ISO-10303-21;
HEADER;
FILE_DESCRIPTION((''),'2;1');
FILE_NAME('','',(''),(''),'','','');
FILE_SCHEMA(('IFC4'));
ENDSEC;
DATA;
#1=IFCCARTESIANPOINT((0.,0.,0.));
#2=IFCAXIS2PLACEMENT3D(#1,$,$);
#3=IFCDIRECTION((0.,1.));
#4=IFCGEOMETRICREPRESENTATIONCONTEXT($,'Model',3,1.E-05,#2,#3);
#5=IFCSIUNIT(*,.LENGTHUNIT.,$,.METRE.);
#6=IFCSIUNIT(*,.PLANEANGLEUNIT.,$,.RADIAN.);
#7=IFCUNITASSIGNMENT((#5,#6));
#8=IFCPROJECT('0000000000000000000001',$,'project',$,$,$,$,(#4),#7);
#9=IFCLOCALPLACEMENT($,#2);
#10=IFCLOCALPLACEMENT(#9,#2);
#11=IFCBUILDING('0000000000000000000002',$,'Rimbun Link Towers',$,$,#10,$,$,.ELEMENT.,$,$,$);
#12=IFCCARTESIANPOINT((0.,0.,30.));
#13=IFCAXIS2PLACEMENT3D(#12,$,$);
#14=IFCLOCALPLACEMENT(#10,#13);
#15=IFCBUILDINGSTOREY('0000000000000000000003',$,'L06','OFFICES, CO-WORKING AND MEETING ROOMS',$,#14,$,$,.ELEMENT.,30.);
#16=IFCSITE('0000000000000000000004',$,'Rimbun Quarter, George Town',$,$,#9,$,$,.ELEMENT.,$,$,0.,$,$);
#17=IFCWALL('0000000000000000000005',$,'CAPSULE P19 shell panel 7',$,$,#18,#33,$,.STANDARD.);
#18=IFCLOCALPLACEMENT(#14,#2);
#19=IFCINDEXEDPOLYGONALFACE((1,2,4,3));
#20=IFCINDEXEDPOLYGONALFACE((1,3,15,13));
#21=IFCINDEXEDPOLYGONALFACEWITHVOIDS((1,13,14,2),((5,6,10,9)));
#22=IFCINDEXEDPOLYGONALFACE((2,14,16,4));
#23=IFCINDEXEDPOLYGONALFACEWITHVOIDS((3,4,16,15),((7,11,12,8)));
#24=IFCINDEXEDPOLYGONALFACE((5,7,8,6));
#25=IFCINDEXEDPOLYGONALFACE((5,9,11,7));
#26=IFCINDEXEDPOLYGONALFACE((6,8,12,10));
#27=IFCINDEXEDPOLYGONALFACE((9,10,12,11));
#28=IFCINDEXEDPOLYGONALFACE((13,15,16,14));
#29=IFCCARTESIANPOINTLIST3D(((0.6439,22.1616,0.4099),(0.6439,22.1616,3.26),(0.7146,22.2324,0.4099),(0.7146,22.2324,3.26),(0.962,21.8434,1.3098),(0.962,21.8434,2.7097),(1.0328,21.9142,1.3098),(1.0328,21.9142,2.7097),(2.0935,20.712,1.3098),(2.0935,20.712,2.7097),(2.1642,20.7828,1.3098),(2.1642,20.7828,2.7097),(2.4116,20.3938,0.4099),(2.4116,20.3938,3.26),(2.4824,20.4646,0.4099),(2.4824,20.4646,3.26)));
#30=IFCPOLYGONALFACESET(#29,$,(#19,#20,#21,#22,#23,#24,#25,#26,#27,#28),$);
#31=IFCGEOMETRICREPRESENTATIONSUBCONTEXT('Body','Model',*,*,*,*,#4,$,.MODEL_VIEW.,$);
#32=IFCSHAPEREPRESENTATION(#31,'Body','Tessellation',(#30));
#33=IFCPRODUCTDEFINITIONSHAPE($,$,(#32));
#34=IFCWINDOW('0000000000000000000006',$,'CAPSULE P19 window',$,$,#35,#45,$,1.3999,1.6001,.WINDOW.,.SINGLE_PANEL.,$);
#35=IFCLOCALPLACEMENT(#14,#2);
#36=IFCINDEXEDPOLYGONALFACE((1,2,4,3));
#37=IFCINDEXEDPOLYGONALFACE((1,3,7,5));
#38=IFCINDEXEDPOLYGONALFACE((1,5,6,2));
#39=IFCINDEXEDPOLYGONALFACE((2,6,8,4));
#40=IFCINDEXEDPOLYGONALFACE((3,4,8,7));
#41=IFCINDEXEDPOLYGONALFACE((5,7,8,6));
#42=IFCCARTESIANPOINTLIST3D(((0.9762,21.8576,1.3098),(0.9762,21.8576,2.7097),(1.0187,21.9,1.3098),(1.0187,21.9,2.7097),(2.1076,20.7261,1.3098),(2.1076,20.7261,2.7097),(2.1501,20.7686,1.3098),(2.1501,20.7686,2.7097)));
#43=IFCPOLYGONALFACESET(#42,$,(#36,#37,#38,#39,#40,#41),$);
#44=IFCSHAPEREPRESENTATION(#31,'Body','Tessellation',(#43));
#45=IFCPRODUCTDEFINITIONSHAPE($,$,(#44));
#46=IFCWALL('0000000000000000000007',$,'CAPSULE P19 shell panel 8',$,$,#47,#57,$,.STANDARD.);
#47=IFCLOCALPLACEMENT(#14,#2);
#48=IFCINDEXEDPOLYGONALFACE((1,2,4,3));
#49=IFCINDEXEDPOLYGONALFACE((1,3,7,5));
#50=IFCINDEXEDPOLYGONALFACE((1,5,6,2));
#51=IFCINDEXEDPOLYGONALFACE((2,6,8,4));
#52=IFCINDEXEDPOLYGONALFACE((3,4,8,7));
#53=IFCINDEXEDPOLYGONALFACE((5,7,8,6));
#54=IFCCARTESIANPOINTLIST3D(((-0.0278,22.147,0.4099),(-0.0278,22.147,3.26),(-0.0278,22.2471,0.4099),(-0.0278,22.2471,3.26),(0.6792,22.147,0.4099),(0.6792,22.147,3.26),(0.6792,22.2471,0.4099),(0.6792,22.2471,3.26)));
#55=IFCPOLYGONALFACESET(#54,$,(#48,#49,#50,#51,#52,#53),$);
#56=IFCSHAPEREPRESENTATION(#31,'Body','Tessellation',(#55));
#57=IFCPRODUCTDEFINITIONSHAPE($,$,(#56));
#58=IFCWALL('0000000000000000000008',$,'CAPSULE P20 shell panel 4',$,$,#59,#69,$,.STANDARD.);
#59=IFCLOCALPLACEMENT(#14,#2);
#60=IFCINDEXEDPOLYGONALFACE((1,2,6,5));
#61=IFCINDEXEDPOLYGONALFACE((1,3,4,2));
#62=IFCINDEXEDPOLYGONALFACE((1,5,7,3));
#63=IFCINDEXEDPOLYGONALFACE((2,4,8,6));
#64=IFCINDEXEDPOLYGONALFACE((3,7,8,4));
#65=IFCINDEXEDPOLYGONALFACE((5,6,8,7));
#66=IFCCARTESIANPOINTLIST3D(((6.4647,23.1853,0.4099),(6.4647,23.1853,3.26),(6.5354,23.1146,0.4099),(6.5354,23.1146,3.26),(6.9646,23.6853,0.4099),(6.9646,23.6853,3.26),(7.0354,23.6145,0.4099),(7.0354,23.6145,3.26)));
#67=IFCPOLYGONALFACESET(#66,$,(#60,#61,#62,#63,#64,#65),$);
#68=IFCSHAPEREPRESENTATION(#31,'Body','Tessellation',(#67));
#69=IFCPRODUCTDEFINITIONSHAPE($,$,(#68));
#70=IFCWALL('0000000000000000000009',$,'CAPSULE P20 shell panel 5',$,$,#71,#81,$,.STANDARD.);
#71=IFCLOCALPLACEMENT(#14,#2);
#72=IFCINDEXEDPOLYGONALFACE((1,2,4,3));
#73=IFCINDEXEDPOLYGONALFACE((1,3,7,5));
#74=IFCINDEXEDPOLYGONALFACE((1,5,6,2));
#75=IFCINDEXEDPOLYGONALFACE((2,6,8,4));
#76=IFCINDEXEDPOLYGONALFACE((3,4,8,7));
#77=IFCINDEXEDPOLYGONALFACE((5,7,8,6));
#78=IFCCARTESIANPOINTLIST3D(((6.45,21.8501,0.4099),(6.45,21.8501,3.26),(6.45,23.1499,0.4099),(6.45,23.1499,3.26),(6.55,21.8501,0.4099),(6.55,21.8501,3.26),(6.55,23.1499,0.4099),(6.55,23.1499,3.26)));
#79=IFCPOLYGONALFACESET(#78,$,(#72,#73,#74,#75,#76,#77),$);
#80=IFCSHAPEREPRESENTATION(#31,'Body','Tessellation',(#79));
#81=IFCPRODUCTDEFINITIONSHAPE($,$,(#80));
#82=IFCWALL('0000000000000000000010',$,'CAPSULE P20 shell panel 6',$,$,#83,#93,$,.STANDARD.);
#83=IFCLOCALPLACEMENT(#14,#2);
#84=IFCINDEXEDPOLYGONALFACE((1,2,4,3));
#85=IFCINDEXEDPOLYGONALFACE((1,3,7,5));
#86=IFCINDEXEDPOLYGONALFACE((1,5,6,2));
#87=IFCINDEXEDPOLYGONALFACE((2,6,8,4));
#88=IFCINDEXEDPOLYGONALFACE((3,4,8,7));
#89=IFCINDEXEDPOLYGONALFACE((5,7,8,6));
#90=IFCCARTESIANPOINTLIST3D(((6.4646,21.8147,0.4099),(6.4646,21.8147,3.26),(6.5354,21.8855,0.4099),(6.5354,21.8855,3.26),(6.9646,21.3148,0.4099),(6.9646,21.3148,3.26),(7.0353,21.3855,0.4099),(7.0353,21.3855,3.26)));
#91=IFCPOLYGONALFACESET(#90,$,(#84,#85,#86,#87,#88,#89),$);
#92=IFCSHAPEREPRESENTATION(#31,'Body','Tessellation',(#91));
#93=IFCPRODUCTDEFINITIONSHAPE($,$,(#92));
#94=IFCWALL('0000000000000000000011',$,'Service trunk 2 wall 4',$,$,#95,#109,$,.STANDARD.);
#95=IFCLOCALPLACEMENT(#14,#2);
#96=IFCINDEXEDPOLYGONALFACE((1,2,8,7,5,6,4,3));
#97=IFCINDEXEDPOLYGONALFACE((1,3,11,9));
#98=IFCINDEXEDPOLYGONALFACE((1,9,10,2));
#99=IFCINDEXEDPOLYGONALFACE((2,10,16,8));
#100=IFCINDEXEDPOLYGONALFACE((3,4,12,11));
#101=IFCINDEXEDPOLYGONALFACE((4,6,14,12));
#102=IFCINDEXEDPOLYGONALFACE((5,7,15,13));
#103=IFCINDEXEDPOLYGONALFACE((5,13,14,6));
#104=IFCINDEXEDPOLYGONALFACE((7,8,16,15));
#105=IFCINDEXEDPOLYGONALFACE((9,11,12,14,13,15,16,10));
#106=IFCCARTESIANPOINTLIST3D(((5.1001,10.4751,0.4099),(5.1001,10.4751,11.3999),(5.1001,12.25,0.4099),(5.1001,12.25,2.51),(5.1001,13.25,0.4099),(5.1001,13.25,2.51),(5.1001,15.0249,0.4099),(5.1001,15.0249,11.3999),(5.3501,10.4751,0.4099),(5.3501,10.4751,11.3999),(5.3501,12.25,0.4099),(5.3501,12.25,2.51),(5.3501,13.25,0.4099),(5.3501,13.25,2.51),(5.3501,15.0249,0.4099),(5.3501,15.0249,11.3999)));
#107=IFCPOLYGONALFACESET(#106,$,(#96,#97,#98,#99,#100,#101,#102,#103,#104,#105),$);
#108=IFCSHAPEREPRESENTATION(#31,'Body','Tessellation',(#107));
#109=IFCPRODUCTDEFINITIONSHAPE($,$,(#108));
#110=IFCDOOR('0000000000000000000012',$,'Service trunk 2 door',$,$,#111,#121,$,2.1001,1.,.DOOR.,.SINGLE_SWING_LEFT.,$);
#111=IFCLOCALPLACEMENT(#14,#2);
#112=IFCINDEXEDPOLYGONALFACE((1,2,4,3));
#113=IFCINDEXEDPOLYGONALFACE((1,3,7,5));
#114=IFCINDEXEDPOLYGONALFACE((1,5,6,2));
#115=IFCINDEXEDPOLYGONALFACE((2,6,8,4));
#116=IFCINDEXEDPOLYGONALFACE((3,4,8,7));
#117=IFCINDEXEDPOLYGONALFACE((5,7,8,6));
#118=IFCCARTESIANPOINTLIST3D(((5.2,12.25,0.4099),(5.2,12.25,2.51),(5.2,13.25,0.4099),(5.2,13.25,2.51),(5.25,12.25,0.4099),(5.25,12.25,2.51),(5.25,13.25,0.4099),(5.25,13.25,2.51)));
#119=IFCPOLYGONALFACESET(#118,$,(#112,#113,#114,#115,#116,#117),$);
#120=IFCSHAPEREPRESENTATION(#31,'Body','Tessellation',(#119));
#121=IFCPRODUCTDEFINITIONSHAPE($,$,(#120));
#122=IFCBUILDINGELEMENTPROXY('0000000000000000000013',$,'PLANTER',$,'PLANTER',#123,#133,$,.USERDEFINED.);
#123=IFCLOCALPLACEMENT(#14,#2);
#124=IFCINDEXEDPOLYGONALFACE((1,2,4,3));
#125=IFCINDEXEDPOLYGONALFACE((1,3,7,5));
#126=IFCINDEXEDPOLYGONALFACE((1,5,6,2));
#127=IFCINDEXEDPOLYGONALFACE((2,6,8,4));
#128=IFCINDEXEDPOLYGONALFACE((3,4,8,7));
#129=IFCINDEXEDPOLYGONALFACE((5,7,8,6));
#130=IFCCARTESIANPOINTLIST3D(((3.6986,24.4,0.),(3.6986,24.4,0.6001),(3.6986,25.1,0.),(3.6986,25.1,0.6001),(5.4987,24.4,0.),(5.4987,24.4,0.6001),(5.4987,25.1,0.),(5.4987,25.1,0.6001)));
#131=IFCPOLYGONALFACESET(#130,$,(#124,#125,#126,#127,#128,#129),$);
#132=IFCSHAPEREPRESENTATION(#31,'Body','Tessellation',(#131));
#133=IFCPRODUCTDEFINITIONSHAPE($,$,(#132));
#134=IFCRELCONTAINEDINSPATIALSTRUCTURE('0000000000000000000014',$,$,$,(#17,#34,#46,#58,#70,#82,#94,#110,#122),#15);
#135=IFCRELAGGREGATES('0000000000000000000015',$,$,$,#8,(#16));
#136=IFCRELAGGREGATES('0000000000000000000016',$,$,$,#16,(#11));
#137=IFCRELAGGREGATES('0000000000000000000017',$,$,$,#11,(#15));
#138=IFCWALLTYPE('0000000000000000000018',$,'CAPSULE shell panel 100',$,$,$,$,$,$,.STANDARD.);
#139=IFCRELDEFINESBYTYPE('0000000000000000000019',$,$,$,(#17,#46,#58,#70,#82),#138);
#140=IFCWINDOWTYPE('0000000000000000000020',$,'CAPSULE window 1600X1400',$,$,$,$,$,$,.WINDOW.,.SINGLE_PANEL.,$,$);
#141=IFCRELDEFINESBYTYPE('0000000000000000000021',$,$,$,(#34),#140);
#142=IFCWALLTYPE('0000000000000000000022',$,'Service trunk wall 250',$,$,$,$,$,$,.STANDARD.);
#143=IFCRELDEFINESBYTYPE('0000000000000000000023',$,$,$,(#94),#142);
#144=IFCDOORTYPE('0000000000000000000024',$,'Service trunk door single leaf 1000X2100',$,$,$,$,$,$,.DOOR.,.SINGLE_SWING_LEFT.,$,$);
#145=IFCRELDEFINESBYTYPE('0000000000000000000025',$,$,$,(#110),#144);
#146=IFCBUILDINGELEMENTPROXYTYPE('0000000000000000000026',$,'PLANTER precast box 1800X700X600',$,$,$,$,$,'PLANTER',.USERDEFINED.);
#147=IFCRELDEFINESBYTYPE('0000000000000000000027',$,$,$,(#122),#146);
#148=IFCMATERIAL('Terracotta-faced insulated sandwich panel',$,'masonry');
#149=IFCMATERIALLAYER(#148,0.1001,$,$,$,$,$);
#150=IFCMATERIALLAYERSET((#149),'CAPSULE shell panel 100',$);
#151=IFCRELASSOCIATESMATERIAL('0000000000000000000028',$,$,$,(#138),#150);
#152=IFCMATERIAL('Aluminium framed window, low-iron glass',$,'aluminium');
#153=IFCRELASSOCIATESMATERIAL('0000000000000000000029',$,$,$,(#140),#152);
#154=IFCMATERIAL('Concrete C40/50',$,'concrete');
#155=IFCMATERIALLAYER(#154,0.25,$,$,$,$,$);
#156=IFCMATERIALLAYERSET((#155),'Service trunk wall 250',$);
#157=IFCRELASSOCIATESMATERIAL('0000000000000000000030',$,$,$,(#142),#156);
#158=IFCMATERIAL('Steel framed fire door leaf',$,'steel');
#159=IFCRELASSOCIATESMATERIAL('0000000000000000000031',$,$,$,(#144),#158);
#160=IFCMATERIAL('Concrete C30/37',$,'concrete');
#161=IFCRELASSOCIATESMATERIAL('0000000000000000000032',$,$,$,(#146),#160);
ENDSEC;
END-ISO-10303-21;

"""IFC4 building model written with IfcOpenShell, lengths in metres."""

from ifc_helpers import new_model, si_unit, direction, frame, frame_2d, origin, origin_2d, place, context, subcontext, project, spatial, rectangle, extrude, material, layer, layer_set, type_object, element, fill, save


model = new_model("IFC4")

# Units and contexts
model_context = context("Model", 3, precision=1e-05, world=origin(), true_north=direction((0.0, 1.0)))
body_context = subcontext(model_context, "Body", "Model", "MODEL_VIEW")
ifc_project = project(units=[si_unit("LENGTHUNIT", "METRE"), si_unit("PLANEANGLEUNIT", "RADIAN")], contexts=[model_context])

# Site, building, storey
site_placement = place(None, origin())
site = spatial("IfcSite", under=ifc_project, at=site_placement, Name="Rimbun Quarter, George Town", CompositionType="ELEMENT", RefElevation=0.0)
building_placement = place(site_placement, origin())
building = spatial("IfcBuilding", under=site, at=building_placement, Name="Rimbun Link Towers", CompositionType="ELEMENT")
storey_placement = place(building_placement, frame((0.0, 0.0, 30.0)))
storey = spatial("IfcBuildingStorey", under=building, at=storey_placement, Name="L06", Description="OFFICES, CO-WORKING AND MEETING ROOMS", CompositionType="ELEMENT", Elevation=30.0)

# Shared definitions
ifc_material_1 = material(Name="Terracotta-faced insulated sandwich panel", Category="masonry")
ifc_layer_1 = layer(ifc_material_1, 0.1001)
ifc_layer_set_1 = layer_set([ifc_layer_1], Name="CAPSULE shell panel 100")
wall_type_1 = type_object("IfcWallType", Name="CAPSULE shell panel 100", PredefinedType="STANDARD", material=ifc_layer_set_1)

# Shared definitions
ifc_material_2 = material(Name="Aluminium framed window, low-iron glass", Category="aluminium")
window_type = type_object("IfcWindowType", Name="CAPSULE window 1600X1400", PartitioningType="SINGLE_PANEL", PredefinedType="WINDOW", material=ifc_material_2)

# Wall, opening, window
wall_1_placement = place(storey_placement, frame((2.447, 20.4292, 0.4099), z_axis=(0.0, 0.0, 1.0), x_axis=(-0.707107, 0.707107, 0.0)))
wall_1 = element("IfcWall", 1, at=wall_1_placement, inside=storey, type_object=wall_type_1, Name="CAPSULE P19 shell panel 7", PredefinedType="STANDARD", context=body_context, shape_type="SweptSolid", body=[
    extrude(rectangle(XDim=2.5, YDim=0.1001, at=frame_2d((1.25, 0.0))), origin(), (0.0, 0.0, 1.0), 2.8501),
])
opening_1_placement = place(wall_1_placement, frame((0.45, 0.0, 0.8999)))
opening_1 = element("IfcOpeningElement", 2, at=opening_1_placement, cuts=wall_1, PredefinedType="OPENING", context=body_context, shape_type="SweptSolid", body=[
    extrude(rectangle(XDim=1.6001, YDim=1.3999, at=frame_2d((0.8, 0.7))), frame((0.0, 0.0601, 0.0), z_axis=(0.0, -1.0, 0.0), x_axis=(1.0, 0.0, 0.0)), (0.0, 0.0, 1.0), 0.1201),
])
window_1_placement = place(opening_1_placement, origin())
window_1 = element("IfcWindow", 3, at=window_1_placement, inside=storey, type_object=window_type, Name="CAPSULE P19 window", OverallHeight=1.3999, OverallWidth=1.6001, PartitioningType="SINGLE_PANEL", PredefinedType="WINDOW", context=body_context, shape_type="SweptSolid", body=[
    extrude(rectangle(XDim=1.6001, YDim=1.3999, at=frame_2d((0.8, 0.7))), frame((0.0, 0.03, 0.0), z_axis=(0.0, -1.0, 0.0), x_axis=(1.0, 0.0, 0.0)), (0.0, 0.0, 1.0), 0.0601),
])
fill(opening_1, window_1)

# Walls
for number, where, z_axis, x_axis, name in (
    (4, (0.6792, 22.197, 0.4099), (0.0, 0.0, 1.0), (-1.0, 0.0, 0.0), "CAPSULE P19 shell panel 8"),
    (5, (7.0, 23.6499, 0.4099), (0.0, 0.0, 1.0), (-0.707107, -0.707107, 0.0), "CAPSULE P20 shell panel 4"),
):
    element("IfcWall", number, at=place(storey_placement, frame(where, z_axis=z_axis, x_axis=x_axis)), inside=storey, type_object=wall_type_1, Name=name, PredefinedType="STANDARD", context=body_context, shape_type="SweptSolid", body=[
        extrude(rectangle(XDim=0.707, YDim=0.1001, at=frame_2d((0.3535, 0.0))), origin(), (0.0, 0.0, 1.0), 2.8501),
    ])
wall_2_placement = place(storey_placement, frame((6.5, 23.1499, 0.4099), z_axis=(0.0, 0.0, 1.0), x_axis=(0.0, -1.0, 0.0)))
element("IfcWall", 6, at=wall_2_placement, inside=storey, type_object=wall_type_1, Name="CAPSULE P20 shell panel 5", PredefinedType="STANDARD", context=body_context, shape_type="SweptSolid", body=[
    extrude(rectangle(XDim=1.2998, YDim=0.1001, at=frame_2d((0.6499, 0.0))), origin(), (0.0, 0.0, 1.0), 2.8501),
])
wall_3_placement = place(storey_placement, frame((6.5, 21.8501, 0.4099), z_axis=(0.0, 0.0, 1.0), x_axis=(0.707107, -0.707107, 0.0)))
element("IfcWall", 7, at=wall_3_placement, inside=storey, type_object=wall_type_1, Name="CAPSULE P20 shell panel 6", PredefinedType="STANDARD", context=body_context, shape_type="SweptSolid", body=[
    extrude(rectangle(XDim=0.707, YDim=0.1001, at=frame_2d((0.3535, 0.0))), origin(), (0.0, 0.0, 1.0), 2.8501),
])

# Wall, opening, door
ifc_material_3 = material(Name="Concrete C40/50", Category="concrete")
ifc_layer_2 = layer(ifc_material_3, 0.25)
ifc_layer_set_2 = layer_set([ifc_layer_2], Name="Service trunk wall 250")
wall_type_2 = type_object("IfcWallType", Name="Service trunk wall 250", PredefinedType="STANDARD", material=ifc_layer_set_2)
wall_4_placement = place(storey_placement, frame((5.2251, 15.0249, 0.4099), z_axis=(0.0, 0.0, 1.0), x_axis=(0.0, -1.0, 0.0)))
wall_4 = element("IfcWall", 8, at=wall_4_placement, inside=storey, type_object=wall_type_2, Name="Service trunk 2 wall 4", PredefinedType="STANDARD", context=body_context, shape_type="SweptSolid", body=[
    extrude(rectangle(XDim=4.5498, YDim=0.25, at=frame_2d((2.2749, 0.0))), origin(), (0.0, 0.0, 1.0), 10.99),
])
opening_2_placement = place(wall_4_placement, frame((1.7749, 0.0, 0.0)))
opening_2 = element("IfcOpeningElement", 9, at=opening_2_placement, cuts=wall_4, PredefinedType="OPENING", context=body_context, shape_type="SweptSolid", body=[
    extrude(rectangle(XDim=1.0, YDim=2.1001, at=frame_2d((0.5, 1.05))), frame((0.0, 0.135, 0.0), z_axis=(0.0, -1.0, 0.0), x_axis=(1.0, 0.0, 0.0)), (0.0, 0.0, 1.0), 0.27),
])
ifc_material_4 = material(Name="Steel framed fire door leaf", Category="steel")
door_type_1 = type_object("IfcDoorType", Name="Service trunk door single leaf 1000X2100", OperationType="SINGLE_SWING_LEFT", PredefinedType="DOOR", material=ifc_material_4)
door_1_placement = place(opening_2_placement, origin())
door_1 = element("IfcDoor", 10, at=door_1_placement, inside=storey, type_object=door_type_1, Name="Service trunk 2 door", OperationType="SINGLE_SWING_LEFT", OverallHeight=2.1001, OverallWidth=1.0, PredefinedType="DOOR", context=body_context, shape_type="SweptSolid", body=[
    extrude(rectangle(XDim=1.0, YDim=2.1001, at=frame_2d((0.5, 1.05))), frame((0.0, 0.0249, 0.0), z_axis=(0.0, -1.0, 0.0), x_axis=(1.0, 0.0, 0.0)), (0.0, 0.0, 1.0), 0.05),
])
fill(opening_2, door_1)

# Building element proxy
ifc_material_5 = material(Name="Concrete C30/37", Category="concrete")
building_element_proxy_type = type_object("IfcBuildingElementProxyType", Name="PLANTER precast box 1800X700X600", ElementType="PLANTER", PredefinedType="USERDEFINED", material=ifc_material_5)
proxy_placement = place(storey_placement, frame((4.5986, 24.75, 0.0), z_axis=(0.0, 0.0, 1.0), x_axis=(-1.0, 0.0, 0.0)))
element("IfcBuildingElementProxy", 11, at=proxy_placement, inside=storey, type_object=building_element_proxy_type, Name="PLANTER", ObjectType="PLANTER", PredefinedType="USERDEFINED", context=body_context, shape_type="SweptSolid", body=[
    extrude(rectangle(XDim=1.8, YDim=0.7, at=origin_2d()), origin(), (0.0, 0.0, 1.0), 0.6001),
])

save(model, "model.ifc")
